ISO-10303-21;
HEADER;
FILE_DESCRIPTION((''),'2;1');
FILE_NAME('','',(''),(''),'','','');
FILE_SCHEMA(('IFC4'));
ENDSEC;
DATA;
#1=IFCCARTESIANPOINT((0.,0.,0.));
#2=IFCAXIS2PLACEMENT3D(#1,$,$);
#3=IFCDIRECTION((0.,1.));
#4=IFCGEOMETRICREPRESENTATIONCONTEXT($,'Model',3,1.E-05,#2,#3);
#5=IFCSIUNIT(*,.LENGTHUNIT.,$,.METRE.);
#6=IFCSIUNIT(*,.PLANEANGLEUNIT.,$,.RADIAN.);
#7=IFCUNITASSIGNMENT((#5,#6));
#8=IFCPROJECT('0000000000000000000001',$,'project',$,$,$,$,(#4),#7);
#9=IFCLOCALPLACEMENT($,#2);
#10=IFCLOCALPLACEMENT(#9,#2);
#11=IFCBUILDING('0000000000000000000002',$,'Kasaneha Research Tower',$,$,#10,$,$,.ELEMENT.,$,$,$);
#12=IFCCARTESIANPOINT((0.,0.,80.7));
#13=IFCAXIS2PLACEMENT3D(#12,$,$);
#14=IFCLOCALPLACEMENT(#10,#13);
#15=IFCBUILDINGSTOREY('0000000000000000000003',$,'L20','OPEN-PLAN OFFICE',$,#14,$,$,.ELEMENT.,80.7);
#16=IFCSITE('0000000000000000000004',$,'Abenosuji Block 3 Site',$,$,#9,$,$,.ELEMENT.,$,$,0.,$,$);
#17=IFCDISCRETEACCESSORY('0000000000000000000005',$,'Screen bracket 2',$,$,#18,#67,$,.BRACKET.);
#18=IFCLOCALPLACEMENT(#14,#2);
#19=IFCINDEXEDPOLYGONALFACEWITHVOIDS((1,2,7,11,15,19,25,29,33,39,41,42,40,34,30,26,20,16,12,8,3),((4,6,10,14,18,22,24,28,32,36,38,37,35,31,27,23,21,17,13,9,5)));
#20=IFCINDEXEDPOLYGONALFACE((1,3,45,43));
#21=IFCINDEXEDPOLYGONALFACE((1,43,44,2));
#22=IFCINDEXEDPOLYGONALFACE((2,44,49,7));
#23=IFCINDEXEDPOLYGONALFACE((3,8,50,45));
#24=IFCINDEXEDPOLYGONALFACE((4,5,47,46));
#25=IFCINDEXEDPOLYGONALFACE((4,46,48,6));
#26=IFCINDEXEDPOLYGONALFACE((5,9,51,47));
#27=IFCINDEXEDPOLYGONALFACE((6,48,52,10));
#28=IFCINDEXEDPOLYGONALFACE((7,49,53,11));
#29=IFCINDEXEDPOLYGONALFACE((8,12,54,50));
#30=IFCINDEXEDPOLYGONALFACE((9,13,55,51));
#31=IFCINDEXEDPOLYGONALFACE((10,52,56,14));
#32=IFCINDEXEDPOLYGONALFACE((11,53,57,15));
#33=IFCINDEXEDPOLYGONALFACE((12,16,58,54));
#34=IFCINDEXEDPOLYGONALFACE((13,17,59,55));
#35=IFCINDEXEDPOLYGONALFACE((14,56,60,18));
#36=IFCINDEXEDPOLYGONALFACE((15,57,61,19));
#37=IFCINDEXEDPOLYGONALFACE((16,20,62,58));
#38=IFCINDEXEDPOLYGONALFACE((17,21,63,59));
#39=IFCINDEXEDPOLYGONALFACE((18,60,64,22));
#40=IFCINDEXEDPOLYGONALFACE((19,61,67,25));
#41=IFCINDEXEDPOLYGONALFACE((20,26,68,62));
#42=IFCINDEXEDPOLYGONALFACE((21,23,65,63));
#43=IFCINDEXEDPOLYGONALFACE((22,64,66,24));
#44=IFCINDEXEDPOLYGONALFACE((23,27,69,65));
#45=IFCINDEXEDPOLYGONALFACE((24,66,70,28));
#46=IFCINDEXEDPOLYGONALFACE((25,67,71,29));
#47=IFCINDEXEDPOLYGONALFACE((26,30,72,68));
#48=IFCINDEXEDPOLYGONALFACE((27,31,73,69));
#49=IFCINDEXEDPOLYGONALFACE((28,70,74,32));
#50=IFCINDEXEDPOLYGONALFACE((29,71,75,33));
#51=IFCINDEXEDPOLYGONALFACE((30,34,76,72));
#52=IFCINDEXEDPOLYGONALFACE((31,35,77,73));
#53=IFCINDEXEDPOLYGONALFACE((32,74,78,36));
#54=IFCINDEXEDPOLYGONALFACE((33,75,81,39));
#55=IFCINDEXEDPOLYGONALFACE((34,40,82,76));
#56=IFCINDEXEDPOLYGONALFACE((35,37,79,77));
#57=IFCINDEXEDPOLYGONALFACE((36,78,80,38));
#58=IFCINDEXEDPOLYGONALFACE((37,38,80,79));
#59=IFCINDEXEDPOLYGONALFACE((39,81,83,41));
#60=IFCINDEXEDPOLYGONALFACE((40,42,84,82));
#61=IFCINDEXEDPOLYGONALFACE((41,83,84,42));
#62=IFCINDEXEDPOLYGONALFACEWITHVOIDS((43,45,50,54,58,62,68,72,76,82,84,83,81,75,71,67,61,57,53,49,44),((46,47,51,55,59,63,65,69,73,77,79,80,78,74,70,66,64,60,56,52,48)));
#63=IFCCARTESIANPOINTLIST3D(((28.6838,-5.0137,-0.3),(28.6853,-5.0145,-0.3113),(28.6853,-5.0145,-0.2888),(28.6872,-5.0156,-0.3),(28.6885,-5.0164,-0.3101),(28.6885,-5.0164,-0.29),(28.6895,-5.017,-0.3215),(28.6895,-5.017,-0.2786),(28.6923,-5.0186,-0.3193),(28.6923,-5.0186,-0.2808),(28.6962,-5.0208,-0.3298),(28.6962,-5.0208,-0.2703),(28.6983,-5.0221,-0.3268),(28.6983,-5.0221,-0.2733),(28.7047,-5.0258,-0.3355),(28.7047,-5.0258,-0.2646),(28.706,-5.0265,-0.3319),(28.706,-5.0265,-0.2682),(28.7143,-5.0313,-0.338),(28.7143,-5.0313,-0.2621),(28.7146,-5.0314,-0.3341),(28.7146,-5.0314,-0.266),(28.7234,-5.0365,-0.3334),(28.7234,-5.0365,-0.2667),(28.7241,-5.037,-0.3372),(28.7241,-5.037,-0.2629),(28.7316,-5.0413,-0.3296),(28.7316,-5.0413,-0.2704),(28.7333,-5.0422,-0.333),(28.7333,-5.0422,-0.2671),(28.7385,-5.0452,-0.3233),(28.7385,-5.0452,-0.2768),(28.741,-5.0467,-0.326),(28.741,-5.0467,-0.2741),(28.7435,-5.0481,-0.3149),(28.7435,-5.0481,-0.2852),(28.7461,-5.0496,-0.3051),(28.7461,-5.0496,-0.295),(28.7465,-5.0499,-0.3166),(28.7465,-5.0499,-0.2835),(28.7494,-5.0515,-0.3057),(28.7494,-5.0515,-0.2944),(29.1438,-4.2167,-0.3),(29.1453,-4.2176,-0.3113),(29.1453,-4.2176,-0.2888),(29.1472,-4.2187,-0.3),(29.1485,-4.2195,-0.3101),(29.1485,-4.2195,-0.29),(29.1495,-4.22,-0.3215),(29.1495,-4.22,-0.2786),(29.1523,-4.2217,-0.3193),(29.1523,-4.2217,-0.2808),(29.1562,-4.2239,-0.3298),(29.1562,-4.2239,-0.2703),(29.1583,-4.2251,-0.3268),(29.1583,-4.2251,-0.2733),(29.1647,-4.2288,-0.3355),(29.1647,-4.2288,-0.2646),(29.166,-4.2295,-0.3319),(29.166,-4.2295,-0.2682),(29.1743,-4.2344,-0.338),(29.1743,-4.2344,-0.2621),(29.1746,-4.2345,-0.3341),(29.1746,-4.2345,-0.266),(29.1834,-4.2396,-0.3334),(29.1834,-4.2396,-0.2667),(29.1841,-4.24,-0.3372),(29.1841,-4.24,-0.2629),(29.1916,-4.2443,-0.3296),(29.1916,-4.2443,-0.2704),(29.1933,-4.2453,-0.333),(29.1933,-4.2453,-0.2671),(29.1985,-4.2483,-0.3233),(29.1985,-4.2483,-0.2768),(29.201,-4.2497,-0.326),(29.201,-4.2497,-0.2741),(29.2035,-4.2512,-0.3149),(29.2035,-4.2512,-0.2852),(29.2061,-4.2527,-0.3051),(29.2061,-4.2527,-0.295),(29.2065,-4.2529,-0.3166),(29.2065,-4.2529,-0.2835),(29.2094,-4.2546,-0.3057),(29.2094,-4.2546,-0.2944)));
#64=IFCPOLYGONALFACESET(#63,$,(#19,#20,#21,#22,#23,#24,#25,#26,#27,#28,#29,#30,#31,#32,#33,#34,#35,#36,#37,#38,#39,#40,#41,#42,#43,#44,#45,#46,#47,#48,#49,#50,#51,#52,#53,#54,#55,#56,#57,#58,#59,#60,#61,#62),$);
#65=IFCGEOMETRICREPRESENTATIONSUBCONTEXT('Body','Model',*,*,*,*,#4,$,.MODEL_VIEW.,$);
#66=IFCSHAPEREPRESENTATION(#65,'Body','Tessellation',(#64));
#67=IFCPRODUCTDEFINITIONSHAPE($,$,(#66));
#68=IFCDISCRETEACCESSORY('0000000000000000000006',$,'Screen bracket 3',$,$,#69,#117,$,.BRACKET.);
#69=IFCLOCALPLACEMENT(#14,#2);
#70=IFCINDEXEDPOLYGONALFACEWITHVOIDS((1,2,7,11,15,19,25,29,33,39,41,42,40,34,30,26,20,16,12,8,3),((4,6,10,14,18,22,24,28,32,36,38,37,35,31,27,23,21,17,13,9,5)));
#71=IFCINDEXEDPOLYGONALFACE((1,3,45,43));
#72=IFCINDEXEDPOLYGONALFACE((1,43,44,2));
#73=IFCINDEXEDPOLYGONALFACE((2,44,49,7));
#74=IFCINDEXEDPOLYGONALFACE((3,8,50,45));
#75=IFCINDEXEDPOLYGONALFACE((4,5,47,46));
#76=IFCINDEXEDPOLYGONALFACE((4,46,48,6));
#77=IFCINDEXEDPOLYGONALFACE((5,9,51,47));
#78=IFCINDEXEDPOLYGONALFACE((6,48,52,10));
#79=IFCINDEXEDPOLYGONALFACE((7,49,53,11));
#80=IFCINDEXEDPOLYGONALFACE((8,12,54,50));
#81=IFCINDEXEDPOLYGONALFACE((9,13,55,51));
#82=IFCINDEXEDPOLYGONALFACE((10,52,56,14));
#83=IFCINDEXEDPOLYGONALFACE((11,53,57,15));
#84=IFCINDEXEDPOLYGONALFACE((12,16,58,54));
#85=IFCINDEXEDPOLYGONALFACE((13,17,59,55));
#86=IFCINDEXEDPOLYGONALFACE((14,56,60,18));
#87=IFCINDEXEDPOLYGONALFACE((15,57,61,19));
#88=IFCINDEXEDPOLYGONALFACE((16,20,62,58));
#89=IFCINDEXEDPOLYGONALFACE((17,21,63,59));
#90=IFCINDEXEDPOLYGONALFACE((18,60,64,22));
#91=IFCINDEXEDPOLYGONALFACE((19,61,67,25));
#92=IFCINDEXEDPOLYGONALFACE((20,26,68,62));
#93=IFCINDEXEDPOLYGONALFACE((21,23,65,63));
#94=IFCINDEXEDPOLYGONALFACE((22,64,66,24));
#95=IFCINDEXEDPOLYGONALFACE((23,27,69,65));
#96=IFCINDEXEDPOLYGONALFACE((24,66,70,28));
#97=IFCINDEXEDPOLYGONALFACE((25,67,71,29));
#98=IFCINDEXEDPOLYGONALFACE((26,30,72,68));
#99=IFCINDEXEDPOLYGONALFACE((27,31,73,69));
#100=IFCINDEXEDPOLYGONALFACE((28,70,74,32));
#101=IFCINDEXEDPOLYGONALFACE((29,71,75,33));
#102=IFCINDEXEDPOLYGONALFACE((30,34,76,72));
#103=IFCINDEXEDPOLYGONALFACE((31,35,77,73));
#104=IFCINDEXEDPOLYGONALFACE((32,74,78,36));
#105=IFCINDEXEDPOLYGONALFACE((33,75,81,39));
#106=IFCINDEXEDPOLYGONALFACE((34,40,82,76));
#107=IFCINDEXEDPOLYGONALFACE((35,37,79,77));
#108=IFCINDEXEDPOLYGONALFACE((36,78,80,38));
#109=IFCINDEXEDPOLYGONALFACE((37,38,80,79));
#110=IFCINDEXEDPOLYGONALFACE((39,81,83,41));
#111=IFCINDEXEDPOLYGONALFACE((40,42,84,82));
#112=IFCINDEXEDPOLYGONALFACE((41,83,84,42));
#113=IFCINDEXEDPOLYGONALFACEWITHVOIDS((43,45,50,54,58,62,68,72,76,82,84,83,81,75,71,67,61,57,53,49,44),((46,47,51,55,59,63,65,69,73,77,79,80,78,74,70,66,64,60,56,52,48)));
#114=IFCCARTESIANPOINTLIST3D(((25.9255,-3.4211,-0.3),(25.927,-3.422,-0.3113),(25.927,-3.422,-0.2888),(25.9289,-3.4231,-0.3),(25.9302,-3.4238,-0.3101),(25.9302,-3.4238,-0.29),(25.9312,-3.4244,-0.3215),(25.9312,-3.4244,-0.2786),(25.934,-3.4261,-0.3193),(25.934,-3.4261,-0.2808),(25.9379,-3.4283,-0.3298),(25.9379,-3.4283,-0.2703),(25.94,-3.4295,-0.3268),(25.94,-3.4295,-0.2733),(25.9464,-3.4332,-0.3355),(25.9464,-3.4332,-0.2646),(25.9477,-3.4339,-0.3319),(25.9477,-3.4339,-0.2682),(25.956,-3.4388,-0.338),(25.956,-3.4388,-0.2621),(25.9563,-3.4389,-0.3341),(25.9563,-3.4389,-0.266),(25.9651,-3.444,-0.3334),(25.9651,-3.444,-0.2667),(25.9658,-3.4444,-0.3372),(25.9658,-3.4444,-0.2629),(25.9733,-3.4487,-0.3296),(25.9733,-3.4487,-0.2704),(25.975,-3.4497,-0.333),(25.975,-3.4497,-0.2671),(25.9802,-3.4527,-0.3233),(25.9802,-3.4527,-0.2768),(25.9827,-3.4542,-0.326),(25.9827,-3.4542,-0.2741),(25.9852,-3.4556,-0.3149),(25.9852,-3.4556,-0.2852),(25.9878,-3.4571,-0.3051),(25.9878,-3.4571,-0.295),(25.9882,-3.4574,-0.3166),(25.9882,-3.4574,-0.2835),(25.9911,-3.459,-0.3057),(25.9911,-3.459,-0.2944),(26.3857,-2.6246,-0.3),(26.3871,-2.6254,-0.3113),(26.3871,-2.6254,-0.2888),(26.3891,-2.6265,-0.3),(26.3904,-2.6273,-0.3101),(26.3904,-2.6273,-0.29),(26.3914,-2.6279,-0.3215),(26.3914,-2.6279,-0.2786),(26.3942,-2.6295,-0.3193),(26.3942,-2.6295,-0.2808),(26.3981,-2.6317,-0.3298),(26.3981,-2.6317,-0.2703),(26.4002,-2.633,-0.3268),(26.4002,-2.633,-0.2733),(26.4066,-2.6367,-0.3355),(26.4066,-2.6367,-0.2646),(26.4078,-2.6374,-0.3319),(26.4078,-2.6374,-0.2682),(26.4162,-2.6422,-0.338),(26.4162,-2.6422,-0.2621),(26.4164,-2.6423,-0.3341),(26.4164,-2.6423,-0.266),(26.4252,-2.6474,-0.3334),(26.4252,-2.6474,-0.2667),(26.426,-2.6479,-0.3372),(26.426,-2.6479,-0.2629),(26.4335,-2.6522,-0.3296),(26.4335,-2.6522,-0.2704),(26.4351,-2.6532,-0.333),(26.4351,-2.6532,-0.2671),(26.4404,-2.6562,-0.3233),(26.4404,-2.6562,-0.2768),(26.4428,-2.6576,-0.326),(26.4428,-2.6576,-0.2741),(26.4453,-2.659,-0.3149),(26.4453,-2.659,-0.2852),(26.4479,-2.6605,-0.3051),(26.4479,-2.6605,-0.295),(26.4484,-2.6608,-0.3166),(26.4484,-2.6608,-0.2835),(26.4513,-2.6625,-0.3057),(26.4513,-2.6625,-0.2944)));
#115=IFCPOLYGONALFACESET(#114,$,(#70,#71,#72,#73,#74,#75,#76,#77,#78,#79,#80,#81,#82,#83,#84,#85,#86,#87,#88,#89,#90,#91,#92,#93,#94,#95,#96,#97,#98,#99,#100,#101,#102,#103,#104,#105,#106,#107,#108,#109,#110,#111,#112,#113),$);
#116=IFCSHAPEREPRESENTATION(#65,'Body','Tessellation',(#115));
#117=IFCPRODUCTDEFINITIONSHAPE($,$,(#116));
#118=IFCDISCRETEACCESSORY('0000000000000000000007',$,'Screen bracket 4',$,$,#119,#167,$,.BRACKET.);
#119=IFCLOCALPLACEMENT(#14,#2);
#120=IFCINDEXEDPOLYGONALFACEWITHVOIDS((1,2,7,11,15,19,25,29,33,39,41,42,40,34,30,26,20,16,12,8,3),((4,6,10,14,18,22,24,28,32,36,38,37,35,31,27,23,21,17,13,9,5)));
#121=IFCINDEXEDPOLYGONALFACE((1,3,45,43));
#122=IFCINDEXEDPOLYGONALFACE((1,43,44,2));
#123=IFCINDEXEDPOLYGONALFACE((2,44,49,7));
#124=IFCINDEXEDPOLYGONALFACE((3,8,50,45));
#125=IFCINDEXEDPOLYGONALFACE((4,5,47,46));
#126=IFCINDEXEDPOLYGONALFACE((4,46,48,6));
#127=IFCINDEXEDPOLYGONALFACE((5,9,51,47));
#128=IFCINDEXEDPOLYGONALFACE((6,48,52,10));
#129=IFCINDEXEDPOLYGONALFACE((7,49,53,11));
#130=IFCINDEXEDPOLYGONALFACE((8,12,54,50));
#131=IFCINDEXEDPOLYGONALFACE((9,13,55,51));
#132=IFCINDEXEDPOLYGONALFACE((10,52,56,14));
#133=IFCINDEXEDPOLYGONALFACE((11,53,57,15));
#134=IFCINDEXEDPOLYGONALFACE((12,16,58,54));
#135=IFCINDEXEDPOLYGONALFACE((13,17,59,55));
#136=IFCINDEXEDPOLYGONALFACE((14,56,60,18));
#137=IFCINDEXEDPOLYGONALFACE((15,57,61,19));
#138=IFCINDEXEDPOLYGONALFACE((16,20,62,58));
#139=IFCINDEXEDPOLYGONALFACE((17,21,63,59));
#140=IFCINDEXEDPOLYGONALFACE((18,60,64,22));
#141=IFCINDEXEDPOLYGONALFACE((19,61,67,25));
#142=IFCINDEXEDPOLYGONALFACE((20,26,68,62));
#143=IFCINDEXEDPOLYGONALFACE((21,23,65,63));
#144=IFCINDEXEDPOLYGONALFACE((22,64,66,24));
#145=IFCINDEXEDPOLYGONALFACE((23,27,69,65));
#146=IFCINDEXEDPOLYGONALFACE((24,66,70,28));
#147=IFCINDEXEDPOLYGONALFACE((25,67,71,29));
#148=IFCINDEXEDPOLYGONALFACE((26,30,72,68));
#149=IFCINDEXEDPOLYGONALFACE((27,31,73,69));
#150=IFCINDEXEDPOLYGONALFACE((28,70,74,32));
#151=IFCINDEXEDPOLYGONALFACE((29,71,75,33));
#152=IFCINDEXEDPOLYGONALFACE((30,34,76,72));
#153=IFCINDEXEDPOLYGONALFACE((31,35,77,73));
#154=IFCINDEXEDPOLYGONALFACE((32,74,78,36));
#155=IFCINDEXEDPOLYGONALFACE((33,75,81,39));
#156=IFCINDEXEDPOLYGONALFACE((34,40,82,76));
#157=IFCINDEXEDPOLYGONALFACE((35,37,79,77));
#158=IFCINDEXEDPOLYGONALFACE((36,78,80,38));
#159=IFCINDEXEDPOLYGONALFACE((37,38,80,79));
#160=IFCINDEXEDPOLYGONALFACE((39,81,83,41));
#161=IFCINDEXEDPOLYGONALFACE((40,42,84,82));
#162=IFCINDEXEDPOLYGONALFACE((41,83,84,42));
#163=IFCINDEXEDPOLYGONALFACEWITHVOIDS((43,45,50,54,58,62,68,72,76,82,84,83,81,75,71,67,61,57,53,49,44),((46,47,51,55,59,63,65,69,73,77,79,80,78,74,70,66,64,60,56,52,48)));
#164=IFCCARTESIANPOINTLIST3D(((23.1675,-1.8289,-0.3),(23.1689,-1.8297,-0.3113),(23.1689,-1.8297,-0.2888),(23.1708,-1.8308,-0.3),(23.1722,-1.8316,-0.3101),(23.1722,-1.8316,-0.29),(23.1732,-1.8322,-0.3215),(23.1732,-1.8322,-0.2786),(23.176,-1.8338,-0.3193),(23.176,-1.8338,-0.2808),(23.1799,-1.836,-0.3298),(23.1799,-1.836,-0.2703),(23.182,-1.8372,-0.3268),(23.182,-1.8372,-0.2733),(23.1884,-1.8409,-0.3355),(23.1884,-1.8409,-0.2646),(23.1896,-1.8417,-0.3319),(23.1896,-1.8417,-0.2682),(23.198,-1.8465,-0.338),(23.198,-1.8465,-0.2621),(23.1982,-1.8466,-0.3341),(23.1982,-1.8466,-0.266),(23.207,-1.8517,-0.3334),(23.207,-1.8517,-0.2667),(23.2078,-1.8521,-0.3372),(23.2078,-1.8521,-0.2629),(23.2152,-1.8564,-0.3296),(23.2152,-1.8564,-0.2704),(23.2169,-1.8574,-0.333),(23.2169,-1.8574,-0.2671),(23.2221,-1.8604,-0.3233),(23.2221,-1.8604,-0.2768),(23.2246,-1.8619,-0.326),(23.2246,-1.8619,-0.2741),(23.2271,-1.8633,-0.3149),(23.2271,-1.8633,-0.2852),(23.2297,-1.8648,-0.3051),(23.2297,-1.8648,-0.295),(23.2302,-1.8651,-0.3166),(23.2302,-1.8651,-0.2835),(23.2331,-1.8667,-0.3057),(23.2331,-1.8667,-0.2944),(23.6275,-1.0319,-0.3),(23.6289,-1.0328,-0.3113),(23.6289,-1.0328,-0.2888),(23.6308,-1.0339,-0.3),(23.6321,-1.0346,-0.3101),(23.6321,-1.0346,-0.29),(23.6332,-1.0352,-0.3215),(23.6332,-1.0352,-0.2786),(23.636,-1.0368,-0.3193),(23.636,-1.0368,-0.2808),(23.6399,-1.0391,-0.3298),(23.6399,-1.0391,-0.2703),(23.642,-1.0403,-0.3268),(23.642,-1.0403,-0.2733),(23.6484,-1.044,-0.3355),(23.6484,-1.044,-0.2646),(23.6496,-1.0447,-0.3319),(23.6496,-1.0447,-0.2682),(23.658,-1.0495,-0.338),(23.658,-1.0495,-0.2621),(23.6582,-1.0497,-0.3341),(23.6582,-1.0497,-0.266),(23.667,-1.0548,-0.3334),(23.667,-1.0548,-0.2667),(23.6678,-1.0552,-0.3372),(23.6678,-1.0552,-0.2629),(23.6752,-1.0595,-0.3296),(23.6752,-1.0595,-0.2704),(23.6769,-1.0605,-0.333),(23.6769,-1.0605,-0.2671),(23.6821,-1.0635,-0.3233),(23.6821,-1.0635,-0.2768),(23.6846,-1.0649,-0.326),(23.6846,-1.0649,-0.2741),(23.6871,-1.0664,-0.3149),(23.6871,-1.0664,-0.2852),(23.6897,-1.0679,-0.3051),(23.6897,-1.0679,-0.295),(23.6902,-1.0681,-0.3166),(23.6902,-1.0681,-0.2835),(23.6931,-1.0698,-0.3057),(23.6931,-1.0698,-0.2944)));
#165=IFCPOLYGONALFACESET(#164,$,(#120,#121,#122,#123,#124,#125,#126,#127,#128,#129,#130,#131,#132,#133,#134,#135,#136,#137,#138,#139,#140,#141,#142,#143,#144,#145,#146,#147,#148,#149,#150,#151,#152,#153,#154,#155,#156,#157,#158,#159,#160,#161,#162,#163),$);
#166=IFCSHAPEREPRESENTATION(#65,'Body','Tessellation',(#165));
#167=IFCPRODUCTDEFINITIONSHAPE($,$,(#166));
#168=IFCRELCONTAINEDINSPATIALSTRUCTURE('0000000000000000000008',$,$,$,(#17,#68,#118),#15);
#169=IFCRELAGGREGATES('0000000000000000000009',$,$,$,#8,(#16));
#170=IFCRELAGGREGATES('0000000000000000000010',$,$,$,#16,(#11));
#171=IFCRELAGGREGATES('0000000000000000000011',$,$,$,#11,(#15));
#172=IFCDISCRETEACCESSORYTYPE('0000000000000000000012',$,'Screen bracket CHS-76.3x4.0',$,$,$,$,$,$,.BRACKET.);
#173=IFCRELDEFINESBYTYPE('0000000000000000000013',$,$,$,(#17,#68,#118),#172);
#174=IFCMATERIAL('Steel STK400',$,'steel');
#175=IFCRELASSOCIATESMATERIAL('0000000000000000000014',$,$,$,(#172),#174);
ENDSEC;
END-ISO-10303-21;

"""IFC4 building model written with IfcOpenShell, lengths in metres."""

from ifc_helpers import new_model, si_unit, direction, frame, origin, origin_2d, place, context, subcontext, project, spatial, hollow_circle, extrude, material, material_profile, profile_set, type_object, element, save


model = new_model("IFC4")

# Units and contexts
model_context = context("Model", 3, precision=1e-05, world=origin(), true_north=direction((0.0, 1.0)))
body_context = subcontext(model_context, "Body", "Model", "MODEL_VIEW")
ifc_project = project(units=[si_unit("LENGTHUNIT", "METRE"), si_unit("PLANEANGLEUNIT", "RADIAN")], contexts=[model_context])

# Site, building, storey
site_placement = place(None, origin())
site = spatial("IfcSite", under=ifc_project, at=site_placement, Name="Abenosuji Block 3 Site", CompositionType="ELEMENT", RefElevation=0.0)
building_placement = place(site_placement, origin())
building = spatial("IfcBuilding", under=site, at=building_placement, Name="Kasaneha Research Tower", CompositionType="ELEMENT")
storey_placement = place(building_placement, frame((0.0, 0.0, 80.7)))
storey = spatial("IfcBuildingStorey", under=building, at=storey_placement, Name="L20", Description="OPEN-PLAN OFFICE", CompositionType="ELEMENT", Elevation=80.7)

# Discrete accessories
ifc_material_1 = material(Name="Steel STK400", Category="steel")
ifc_material_profile_1 = material_profile(ifc_material_1, hollow_circle(Radius=0.0381, WallThickness=0.0039, at=origin_2d()), Name="CHS-76.3x4.0")
ifc_profile_set_1 = profile_set([ifc_material_profile_1], Name="Steel STK400")
discrete_accessory_type = type_object("IfcDiscreteAccessoryType", Name="Screen bracket CHS-76.3x4.0", PredefinedType="BRACKET", material=ifc_profile_set_1)
discrete_accessory_1_placement = place(storey_placement, frame((28.7168, -5.0327, -0.3), z_axis=(0.499906, 0.86608, 0.0), x_axis=(-0.86608, 0.499906, 0.0)))
element("IfcDiscreteAccessory", 1, at=discrete_accessory_1_placement, inside=storey, type_object=discrete_accessory_type, Name="Screen bracket 2", PredefinedType="BRACKET", context=body_context, shape_type="SweptSolid", body=[
    extrude(hollow_circle(Radius=0.0381, WallThickness=0.0039, at=origin_2d()), origin(), (0.0, 0.0, 1.0), 0.9202),
])
discrete_accessory_2_placement = place(storey_placement, frame((25.9585, -3.4402, -0.3), z_axis=(0.50022, 0.865898, 0.0), x_axis=(-0.865898, 0.50022, 0.0)))
element("IfcDiscreteAccessory", 2, at=discrete_accessory_2_placement, inside=storey, type_object=discrete_accessory_type, Name="Screen bracket 3", PredefinedType="BRACKET", context=body_context, shape_type="SweptSolid", body=[
    extrude(hollow_circle(Radius=0.0381, WallThickness=0.0039, at=origin_2d()), origin(), (0.0, 0.0, 1.0), 0.9199),
])
discrete_accessory_3_placement = place(storey_placement, frame((23.2004, -1.8479, -0.3), z_axis=(0.499906, 0.86608, 0.0), x_axis=(-0.86608, 0.499906, 0.0)))
element("IfcDiscreteAccessory", 3, at=discrete_accessory_3_placement, inside=storey, type_object=discrete_accessory_type, Name="Screen bracket 4", PredefinedType="BRACKET", context=body_context, shape_type="SweptSolid", body=[
    extrude(hollow_circle(Radius=0.0381, WallThickness=0.0039, at=origin_2d()), origin(), (0.0, 0.0, 1.0), 0.9202),
])

save(model, "model.ifc")
